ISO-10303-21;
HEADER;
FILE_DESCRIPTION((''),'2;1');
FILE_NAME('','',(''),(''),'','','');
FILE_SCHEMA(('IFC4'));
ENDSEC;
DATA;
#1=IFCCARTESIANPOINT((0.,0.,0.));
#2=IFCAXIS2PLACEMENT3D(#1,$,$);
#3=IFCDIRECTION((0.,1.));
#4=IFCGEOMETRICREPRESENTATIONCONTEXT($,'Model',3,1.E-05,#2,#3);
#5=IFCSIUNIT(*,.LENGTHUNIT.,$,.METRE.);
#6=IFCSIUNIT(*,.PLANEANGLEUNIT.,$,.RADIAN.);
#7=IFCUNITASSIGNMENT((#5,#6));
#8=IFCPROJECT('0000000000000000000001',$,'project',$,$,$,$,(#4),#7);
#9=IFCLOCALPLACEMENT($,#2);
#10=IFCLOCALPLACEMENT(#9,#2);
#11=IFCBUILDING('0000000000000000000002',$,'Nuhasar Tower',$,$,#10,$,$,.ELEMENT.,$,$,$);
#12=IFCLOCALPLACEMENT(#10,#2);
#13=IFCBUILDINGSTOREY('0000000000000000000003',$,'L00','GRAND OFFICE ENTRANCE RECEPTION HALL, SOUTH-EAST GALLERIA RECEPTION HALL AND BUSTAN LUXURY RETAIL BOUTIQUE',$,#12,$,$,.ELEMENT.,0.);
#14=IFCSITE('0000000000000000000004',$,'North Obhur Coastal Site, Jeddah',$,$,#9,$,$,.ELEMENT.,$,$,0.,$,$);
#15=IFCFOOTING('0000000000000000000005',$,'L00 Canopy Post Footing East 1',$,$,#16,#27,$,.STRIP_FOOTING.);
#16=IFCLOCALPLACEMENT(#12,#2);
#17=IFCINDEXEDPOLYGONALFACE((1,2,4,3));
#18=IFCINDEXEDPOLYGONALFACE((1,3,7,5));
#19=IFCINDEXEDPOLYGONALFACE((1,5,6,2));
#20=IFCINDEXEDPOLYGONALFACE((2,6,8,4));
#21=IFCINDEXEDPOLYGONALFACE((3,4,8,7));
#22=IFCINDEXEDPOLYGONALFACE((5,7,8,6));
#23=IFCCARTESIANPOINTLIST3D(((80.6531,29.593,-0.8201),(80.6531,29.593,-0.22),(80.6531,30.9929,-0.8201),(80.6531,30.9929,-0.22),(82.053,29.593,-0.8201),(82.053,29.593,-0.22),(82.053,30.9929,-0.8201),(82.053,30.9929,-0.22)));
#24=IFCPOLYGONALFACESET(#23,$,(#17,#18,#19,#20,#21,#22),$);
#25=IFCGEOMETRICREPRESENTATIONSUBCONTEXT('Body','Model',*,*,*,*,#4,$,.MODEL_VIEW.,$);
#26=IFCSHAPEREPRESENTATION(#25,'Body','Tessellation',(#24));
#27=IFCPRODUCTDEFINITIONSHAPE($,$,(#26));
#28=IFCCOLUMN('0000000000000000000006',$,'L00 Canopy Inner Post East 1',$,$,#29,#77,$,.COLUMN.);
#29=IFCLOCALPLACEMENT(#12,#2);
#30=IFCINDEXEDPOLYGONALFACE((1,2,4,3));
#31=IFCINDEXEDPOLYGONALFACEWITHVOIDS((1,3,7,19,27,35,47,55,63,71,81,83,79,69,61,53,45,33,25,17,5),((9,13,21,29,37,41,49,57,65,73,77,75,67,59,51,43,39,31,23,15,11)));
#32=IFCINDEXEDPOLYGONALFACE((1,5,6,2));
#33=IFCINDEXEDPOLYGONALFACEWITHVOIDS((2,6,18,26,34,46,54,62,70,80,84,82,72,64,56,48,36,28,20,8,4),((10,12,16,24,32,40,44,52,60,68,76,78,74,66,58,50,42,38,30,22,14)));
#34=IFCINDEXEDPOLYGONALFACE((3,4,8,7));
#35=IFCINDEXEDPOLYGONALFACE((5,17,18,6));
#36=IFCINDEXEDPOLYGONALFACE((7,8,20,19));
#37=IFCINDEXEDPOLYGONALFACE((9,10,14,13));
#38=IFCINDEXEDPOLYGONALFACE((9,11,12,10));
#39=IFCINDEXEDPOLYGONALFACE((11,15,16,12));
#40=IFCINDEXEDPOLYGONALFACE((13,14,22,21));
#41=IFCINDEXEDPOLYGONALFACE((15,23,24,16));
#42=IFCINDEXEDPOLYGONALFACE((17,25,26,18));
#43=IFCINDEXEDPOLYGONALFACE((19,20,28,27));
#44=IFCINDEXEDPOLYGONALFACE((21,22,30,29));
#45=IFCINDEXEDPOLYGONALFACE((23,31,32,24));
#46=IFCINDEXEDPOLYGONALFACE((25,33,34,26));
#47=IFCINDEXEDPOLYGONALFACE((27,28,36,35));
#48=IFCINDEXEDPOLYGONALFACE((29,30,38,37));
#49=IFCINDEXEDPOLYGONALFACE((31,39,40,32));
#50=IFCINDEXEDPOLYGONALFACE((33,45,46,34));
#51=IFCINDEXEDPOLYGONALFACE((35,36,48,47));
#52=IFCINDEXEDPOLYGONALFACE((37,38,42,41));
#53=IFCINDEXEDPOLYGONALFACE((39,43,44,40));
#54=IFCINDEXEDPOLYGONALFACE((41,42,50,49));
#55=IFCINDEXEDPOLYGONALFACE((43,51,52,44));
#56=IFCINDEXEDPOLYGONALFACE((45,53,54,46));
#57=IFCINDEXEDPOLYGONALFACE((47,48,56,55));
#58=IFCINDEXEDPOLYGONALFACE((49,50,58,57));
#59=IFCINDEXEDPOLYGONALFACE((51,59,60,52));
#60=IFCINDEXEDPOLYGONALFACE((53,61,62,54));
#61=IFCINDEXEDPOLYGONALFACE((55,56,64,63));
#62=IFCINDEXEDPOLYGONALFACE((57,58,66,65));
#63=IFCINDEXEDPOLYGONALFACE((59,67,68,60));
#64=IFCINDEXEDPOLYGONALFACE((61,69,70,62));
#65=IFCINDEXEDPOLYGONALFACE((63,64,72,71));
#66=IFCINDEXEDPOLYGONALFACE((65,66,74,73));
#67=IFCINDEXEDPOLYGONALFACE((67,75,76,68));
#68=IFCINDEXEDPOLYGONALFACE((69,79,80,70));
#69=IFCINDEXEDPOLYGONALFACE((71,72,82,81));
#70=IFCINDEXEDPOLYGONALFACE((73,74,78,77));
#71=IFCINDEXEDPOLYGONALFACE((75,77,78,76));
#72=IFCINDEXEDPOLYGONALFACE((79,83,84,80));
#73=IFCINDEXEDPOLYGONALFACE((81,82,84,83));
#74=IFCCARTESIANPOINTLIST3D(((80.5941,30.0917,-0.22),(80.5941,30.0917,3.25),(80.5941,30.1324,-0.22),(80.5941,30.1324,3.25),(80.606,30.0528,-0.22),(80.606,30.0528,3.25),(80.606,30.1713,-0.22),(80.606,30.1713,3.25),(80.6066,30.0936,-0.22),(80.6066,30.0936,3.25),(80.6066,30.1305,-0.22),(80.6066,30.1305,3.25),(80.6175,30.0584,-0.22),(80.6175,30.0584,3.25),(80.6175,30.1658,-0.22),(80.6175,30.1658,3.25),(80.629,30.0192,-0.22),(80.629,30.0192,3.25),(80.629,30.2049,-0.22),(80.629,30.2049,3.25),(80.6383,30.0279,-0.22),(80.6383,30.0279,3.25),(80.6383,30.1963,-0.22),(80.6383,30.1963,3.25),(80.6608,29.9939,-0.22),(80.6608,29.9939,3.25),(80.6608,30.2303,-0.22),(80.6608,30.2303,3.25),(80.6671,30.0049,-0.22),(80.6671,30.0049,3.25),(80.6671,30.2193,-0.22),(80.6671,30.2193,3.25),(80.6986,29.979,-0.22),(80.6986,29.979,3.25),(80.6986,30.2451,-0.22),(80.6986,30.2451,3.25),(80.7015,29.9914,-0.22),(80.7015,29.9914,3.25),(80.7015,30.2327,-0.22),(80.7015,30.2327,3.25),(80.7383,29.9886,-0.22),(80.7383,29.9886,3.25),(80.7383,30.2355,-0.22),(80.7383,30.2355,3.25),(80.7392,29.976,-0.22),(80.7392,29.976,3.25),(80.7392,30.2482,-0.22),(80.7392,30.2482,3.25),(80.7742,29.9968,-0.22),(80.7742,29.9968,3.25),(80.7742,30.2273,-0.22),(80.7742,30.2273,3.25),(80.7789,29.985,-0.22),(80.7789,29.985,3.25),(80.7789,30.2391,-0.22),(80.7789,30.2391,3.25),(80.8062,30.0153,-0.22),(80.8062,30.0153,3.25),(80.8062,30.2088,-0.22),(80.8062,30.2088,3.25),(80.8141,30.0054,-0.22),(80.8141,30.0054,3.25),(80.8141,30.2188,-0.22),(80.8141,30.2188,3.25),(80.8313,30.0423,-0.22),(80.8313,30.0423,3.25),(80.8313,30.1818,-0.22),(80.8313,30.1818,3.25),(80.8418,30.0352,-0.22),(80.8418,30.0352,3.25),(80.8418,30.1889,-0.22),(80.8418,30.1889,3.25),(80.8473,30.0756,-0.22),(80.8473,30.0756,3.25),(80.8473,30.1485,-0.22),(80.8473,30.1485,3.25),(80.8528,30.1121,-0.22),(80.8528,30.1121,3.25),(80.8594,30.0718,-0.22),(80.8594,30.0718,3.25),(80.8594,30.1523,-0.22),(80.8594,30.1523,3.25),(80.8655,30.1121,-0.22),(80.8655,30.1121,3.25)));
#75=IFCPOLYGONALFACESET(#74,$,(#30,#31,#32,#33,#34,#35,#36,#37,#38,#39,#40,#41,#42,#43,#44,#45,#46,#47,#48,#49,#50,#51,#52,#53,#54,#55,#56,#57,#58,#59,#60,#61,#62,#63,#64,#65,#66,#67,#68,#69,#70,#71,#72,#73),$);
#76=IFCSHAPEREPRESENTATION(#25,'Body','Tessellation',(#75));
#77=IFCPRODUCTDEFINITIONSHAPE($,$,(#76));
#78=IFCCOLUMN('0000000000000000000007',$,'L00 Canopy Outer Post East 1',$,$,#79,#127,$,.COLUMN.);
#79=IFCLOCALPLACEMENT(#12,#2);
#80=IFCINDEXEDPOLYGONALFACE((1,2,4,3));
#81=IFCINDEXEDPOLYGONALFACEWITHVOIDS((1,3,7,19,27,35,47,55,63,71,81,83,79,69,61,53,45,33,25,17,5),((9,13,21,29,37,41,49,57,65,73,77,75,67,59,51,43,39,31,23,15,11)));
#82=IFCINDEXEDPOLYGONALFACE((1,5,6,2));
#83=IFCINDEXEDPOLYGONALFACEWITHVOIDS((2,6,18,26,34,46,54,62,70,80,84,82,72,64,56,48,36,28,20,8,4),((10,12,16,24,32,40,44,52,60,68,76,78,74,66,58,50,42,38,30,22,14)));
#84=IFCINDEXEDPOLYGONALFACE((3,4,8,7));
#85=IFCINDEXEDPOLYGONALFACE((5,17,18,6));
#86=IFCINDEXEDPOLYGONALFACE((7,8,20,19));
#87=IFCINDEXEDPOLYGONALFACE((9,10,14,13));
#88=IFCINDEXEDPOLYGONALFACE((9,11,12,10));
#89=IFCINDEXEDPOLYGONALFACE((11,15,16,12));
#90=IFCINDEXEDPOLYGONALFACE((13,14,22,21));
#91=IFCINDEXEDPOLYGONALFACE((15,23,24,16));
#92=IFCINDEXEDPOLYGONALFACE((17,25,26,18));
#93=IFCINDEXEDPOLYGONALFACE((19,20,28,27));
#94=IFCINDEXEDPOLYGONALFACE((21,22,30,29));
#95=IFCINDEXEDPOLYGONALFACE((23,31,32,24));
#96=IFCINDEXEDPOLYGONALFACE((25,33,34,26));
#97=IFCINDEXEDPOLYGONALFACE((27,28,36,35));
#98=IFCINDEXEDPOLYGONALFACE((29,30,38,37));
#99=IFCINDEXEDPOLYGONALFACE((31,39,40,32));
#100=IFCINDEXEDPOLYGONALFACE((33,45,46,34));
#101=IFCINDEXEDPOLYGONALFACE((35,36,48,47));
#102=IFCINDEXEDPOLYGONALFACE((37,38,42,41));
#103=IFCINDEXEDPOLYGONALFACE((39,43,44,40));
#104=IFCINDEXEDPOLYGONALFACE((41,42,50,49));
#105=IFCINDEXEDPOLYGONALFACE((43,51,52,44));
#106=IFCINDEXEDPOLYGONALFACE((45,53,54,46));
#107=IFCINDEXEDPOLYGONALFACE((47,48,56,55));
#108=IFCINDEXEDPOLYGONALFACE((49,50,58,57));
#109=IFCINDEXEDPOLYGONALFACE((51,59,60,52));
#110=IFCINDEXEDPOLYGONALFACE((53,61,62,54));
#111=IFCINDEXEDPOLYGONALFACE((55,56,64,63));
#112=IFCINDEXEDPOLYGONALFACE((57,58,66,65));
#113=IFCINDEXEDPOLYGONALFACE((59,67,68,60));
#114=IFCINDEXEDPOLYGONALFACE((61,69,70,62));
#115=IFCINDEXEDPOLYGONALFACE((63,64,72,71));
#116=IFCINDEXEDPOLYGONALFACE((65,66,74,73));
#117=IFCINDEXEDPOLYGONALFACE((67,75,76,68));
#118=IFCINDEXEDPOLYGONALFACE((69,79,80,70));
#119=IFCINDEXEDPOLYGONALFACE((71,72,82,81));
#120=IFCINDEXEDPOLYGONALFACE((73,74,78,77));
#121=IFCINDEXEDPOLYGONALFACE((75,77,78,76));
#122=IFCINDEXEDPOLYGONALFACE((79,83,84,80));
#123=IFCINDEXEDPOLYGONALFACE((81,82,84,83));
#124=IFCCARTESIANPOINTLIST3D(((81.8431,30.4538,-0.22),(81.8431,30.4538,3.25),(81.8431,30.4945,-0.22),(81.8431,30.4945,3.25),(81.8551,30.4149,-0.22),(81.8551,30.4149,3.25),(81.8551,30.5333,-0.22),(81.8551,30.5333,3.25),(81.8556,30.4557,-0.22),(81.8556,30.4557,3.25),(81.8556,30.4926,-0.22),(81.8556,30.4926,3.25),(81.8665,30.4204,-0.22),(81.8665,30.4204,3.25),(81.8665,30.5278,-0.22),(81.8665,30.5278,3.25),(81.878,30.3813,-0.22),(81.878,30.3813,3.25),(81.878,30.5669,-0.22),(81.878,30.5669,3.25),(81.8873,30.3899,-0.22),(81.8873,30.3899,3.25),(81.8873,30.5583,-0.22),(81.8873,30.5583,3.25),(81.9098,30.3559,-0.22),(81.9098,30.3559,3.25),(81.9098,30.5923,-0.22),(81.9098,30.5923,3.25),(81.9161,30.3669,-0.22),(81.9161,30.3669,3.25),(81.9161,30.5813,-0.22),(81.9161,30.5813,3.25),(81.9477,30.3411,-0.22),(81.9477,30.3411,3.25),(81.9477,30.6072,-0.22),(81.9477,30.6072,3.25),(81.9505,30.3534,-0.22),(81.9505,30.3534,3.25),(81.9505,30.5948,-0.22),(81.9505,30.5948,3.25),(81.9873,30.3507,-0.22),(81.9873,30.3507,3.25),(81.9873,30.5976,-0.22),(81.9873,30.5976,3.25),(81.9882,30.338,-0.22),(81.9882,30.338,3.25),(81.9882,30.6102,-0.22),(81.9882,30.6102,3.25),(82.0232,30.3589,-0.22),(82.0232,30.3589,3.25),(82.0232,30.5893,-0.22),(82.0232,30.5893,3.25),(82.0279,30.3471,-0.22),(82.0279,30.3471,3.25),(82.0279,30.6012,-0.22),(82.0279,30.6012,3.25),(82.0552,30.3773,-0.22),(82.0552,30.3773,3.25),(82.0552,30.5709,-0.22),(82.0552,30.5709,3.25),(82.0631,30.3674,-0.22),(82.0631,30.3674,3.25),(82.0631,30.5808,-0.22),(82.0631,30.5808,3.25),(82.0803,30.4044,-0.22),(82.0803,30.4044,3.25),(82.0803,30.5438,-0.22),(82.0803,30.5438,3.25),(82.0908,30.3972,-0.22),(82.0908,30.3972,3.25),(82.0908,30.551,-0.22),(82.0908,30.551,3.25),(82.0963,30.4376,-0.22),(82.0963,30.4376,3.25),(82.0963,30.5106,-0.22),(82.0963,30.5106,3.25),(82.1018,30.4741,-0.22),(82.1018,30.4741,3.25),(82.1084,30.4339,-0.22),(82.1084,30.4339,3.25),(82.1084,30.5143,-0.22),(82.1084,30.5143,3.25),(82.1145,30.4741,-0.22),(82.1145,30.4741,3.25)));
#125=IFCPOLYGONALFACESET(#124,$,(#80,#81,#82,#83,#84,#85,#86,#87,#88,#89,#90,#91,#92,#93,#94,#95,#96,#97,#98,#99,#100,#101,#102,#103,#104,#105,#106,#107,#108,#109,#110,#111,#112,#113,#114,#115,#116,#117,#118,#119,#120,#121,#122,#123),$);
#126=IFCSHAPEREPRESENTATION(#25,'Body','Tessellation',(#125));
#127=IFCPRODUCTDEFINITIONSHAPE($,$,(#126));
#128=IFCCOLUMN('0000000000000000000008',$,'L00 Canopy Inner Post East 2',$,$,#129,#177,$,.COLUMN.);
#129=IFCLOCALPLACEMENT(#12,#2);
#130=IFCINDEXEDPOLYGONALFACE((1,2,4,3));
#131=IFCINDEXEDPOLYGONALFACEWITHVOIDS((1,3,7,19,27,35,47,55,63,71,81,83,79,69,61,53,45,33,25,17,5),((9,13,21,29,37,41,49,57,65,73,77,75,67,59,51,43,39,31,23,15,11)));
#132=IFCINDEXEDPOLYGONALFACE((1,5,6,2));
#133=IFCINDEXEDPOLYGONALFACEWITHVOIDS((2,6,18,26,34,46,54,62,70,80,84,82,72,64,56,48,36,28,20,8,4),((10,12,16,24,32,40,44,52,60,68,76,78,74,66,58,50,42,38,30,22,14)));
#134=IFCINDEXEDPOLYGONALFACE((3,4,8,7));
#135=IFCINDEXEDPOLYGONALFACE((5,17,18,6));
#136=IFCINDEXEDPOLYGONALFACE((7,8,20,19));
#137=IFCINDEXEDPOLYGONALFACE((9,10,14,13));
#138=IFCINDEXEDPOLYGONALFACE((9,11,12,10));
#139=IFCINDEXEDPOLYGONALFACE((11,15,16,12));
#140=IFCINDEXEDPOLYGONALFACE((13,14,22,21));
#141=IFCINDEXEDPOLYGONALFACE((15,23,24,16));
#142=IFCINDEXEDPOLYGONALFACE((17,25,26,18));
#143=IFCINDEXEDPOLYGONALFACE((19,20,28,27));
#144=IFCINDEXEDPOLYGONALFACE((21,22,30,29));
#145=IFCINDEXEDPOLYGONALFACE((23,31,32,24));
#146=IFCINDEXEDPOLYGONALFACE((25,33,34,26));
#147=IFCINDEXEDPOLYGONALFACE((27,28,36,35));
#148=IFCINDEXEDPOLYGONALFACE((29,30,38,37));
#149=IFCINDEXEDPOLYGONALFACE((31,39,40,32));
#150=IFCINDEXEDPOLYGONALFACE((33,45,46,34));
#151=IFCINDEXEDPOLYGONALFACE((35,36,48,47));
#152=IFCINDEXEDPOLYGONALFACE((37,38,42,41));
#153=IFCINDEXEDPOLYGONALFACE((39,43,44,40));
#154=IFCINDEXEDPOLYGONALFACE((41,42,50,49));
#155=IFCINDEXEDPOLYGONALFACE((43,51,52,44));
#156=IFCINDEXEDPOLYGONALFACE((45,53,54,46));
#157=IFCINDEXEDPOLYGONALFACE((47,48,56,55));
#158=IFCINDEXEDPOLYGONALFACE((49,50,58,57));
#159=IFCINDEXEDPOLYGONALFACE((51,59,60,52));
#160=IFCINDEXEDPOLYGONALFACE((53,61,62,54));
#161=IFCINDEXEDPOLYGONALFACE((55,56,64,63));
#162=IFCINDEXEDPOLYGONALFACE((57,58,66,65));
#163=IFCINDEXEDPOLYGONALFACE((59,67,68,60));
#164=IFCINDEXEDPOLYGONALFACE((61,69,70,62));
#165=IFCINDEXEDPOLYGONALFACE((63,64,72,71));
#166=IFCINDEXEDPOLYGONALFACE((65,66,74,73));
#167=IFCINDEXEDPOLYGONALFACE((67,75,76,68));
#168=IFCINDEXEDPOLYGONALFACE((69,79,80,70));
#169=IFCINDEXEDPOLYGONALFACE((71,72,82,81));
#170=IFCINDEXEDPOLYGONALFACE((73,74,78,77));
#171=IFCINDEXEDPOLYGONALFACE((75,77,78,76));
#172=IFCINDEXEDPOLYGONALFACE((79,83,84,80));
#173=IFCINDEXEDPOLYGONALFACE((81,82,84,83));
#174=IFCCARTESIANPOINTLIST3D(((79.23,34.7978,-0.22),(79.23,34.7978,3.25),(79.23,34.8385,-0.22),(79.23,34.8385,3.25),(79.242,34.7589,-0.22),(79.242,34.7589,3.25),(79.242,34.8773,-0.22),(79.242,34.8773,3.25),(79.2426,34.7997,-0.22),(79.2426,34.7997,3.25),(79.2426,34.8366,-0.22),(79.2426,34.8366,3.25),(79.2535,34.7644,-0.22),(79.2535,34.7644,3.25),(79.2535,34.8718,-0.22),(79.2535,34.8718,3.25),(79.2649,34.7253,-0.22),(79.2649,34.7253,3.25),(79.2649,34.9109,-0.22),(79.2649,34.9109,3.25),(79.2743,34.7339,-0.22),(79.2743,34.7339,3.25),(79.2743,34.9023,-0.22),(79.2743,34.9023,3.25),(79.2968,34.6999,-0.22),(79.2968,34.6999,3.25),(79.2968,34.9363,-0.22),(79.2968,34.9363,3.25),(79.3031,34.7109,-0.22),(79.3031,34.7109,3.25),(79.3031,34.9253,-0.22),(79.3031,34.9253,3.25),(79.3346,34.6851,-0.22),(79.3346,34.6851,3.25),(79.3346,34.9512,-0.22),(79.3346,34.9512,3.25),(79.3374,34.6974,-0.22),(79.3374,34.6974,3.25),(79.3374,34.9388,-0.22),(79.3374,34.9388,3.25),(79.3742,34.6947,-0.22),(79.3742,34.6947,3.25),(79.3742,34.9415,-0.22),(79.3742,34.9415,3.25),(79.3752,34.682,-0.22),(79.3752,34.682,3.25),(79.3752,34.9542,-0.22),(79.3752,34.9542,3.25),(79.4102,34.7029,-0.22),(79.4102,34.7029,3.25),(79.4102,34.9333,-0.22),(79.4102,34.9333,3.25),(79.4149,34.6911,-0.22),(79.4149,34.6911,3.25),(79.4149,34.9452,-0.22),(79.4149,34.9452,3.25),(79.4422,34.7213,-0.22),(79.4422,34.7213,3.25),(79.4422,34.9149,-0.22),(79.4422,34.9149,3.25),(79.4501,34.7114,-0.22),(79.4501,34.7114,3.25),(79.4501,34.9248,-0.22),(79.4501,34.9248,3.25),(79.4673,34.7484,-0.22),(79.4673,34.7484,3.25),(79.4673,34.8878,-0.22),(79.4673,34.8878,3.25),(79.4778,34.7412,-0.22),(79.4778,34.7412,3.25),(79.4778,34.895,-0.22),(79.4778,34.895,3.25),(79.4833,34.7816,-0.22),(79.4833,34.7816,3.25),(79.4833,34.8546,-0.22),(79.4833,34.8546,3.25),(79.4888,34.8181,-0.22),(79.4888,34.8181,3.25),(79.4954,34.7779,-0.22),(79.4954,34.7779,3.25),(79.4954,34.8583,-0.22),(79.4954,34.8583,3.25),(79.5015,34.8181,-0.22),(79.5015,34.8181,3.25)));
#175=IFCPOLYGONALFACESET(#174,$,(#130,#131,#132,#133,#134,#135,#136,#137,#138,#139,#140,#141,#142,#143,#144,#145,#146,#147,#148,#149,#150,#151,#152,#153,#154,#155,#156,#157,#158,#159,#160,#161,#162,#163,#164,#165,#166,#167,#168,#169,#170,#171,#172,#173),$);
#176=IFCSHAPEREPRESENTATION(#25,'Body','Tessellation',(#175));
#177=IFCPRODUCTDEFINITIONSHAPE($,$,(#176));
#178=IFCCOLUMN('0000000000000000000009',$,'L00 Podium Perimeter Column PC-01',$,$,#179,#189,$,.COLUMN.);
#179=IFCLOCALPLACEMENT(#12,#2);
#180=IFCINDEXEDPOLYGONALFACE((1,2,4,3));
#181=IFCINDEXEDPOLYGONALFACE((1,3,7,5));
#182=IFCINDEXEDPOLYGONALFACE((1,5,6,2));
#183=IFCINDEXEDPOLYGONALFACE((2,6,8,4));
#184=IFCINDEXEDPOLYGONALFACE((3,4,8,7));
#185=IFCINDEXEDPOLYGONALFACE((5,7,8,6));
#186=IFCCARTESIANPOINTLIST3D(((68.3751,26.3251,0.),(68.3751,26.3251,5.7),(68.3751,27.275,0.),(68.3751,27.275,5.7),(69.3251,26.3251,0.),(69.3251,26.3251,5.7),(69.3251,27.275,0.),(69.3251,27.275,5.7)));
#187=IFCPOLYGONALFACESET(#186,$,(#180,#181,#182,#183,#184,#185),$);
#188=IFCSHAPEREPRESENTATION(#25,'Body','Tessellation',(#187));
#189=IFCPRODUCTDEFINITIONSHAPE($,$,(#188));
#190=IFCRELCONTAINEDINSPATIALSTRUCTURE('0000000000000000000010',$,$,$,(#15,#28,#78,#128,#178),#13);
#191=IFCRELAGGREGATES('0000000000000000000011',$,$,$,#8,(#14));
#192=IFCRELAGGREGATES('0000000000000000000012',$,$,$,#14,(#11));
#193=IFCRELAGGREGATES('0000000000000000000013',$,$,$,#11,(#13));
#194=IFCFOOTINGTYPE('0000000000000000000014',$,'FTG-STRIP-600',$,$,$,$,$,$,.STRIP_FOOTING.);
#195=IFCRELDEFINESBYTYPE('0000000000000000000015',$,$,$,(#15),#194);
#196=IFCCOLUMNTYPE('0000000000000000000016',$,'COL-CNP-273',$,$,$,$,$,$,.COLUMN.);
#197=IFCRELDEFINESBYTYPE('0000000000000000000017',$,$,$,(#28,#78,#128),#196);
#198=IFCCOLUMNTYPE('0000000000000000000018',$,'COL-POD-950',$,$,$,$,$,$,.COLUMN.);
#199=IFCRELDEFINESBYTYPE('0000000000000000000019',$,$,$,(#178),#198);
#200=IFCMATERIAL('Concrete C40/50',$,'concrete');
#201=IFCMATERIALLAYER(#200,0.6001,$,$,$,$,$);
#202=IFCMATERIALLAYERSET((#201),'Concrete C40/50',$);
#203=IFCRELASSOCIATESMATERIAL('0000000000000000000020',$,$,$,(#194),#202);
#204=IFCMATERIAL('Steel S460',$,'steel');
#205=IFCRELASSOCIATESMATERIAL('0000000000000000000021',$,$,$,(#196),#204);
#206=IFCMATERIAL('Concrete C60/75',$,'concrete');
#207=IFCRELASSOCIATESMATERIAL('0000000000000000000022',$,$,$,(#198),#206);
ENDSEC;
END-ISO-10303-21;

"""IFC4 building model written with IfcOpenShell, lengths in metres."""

from ifc_helpers import new_model, si_unit, direction, frame, origin, origin_2d, place, context, subcontext, project, spatial, rectangle, hollow_circle, extrude, material, layer, layer_set, material_profile, profile_set, type_object, element, save


model = new_model("IFC4")

# Units and contexts
model_context = context("Model", 3, precision=1e-05, world=origin(), true_north=direction((0.0, 1.0)))
body_context = subcontext(model_context, "Body", "Model", "MODEL_VIEW")
ifc_project = project(units=[si_unit("LENGTHUNIT", "METRE"), si_unit("PLANEANGLEUNIT", "RADIAN")], contexts=[model_context])

# Site, building, storey
site_placement = place(None, origin())
site = spatial("IfcSite", under=ifc_project, at=site_placement, Name="North Obhur Coastal Site, Jeddah", CompositionType="ELEMENT", RefElevation=0.0)
building_placement = place(site_placement, origin())
building = spatial("IfcBuilding", under=site, at=building_placement, Name="Nuhasar Tower", CompositionType="ELEMENT")
storey_placement = place(building_placement, origin())
storey = spatial("IfcBuildingStorey", under=building, at=storey_placement, Name="L00", Description="GRAND OFFICE ENTRANCE RECEPTION HALL, SOUTH-EAST GALLERIA RECEPTION HALL AND BUSTAN LUXURY RETAIL BOUTIQUE", CompositionType="ELEMENT", Elevation=0.0)

# Footing
ifc_material_1 = material(Name="Concrete C40/50", Category="concrete")
ifc_layer_1 = layer(ifc_material_1, 0.6001)
ifc_layer_set_1 = layer_set([ifc_layer_1], Name="Concrete C40/50")
footing_type = type_object("IfcFootingType", Name="FTG-STRIP-600", PredefinedType="STRIP_FOOTING", material=ifc_layer_set_1)
footing_placement = place(storey_placement, frame((81.353, 30.293, -0.8201), z_axis=(0.0, 0.0, 1.0), x_axis=(1.0, 0.0, 0.0)))
element("IfcFooting", 1, at=footing_placement, inside=storey, type_object=footing_type, Name="L00 Canopy Post Footing East 1", PredefinedType="STRIP_FOOTING", context=body_context, shape_type="SweptSolid", body=[
    extrude(rectangle(XDim=1.3999, YDim=1.3999, at=origin_2d()), origin(), (0.0, 0.0, 1.0), 0.6001),
])

# Columns
ifc_material_2 = material(Name="Steel S460", Category="steel")
ifc_material_profile_1 = material_profile(ifc_material_2, hollow_circle(Radius=0.1365, WallThickness=0.0127, at=origin_2d()), Name="HSS273.1X12.7")
ifc_profile_set_1 = profile_set([ifc_material_profile_1], Name="Steel S460")
column_type_1 = type_object("IfcColumnType", Name="COL-CNP-273", PredefinedType="COLUMN", material=ifc_profile_set_1)
for number, where, z_axis, x_axis, name in (
    (2, (80.729, 30.1121, -0.22), (0.0, 0.0, 1.0), (1.0, 0.0, 0.0), "L00 Canopy Inner Post East 1"),
    (3, (81.978, 30.4741, -0.22), (0.0, 0.0, 1.0), (1.0, 0.0, 0.0), "L00 Canopy Outer Post East 1"),
    (4, (79.365, 34.8181, -0.22), (0.0, 0.0, 1.0), (1.0, 0.0, 0.0), "L00 Canopy Inner Post East 2"),
):
    element("IfcColumn", number, at=place(storey_placement, frame(where, z_axis=z_axis, x_axis=x_axis)), inside=storey, type_object=column_type_1, Name=name, PredefinedType="COLUMN", context=body_context, shape_type="SweptSolid", body=[
        extrude(hollow_circle(Radius=0.1365, WallThickness=0.0127, at=origin_2d()), origin(), (0.0, 0.0, 1.0), 3.47),
    ])
ifc_material_3 = material(Name="Concrete C60/75", Category="concrete")
ifc_material_profile_2 = material_profile(ifc_material_3, rectangle(XDim=0.95, YDim=0.95, at=origin_2d()), Name="RC950X950")
ifc_profile_set_2 = profile_set([ifc_material_profile_2], Name="Concrete C60/75")
column_type_2 = type_object("IfcColumnType", Name="COL-POD-950", PredefinedType="COLUMN", material=ifc_profile_set_2)
column_placement = place(storey_placement, frame((68.8501, 26.8, 0.0), z_axis=(0.0, 0.0, 1.0), x_axis=(1.0, 0.0, 0.0)))
element("IfcColumn", 5, at=column_placement, inside=storey, type_object=column_type_2, Name="L00 Podium Perimeter Column PC-01", PredefinedType="COLUMN", context=body_context, shape_type="SweptSolid", body=[
    extrude(rectangle(XDim=0.95, YDim=0.95, at=origin_2d()), origin(), (0.0, 0.0, 1.0), 5.7),
])

save(model, "model.ifc")
